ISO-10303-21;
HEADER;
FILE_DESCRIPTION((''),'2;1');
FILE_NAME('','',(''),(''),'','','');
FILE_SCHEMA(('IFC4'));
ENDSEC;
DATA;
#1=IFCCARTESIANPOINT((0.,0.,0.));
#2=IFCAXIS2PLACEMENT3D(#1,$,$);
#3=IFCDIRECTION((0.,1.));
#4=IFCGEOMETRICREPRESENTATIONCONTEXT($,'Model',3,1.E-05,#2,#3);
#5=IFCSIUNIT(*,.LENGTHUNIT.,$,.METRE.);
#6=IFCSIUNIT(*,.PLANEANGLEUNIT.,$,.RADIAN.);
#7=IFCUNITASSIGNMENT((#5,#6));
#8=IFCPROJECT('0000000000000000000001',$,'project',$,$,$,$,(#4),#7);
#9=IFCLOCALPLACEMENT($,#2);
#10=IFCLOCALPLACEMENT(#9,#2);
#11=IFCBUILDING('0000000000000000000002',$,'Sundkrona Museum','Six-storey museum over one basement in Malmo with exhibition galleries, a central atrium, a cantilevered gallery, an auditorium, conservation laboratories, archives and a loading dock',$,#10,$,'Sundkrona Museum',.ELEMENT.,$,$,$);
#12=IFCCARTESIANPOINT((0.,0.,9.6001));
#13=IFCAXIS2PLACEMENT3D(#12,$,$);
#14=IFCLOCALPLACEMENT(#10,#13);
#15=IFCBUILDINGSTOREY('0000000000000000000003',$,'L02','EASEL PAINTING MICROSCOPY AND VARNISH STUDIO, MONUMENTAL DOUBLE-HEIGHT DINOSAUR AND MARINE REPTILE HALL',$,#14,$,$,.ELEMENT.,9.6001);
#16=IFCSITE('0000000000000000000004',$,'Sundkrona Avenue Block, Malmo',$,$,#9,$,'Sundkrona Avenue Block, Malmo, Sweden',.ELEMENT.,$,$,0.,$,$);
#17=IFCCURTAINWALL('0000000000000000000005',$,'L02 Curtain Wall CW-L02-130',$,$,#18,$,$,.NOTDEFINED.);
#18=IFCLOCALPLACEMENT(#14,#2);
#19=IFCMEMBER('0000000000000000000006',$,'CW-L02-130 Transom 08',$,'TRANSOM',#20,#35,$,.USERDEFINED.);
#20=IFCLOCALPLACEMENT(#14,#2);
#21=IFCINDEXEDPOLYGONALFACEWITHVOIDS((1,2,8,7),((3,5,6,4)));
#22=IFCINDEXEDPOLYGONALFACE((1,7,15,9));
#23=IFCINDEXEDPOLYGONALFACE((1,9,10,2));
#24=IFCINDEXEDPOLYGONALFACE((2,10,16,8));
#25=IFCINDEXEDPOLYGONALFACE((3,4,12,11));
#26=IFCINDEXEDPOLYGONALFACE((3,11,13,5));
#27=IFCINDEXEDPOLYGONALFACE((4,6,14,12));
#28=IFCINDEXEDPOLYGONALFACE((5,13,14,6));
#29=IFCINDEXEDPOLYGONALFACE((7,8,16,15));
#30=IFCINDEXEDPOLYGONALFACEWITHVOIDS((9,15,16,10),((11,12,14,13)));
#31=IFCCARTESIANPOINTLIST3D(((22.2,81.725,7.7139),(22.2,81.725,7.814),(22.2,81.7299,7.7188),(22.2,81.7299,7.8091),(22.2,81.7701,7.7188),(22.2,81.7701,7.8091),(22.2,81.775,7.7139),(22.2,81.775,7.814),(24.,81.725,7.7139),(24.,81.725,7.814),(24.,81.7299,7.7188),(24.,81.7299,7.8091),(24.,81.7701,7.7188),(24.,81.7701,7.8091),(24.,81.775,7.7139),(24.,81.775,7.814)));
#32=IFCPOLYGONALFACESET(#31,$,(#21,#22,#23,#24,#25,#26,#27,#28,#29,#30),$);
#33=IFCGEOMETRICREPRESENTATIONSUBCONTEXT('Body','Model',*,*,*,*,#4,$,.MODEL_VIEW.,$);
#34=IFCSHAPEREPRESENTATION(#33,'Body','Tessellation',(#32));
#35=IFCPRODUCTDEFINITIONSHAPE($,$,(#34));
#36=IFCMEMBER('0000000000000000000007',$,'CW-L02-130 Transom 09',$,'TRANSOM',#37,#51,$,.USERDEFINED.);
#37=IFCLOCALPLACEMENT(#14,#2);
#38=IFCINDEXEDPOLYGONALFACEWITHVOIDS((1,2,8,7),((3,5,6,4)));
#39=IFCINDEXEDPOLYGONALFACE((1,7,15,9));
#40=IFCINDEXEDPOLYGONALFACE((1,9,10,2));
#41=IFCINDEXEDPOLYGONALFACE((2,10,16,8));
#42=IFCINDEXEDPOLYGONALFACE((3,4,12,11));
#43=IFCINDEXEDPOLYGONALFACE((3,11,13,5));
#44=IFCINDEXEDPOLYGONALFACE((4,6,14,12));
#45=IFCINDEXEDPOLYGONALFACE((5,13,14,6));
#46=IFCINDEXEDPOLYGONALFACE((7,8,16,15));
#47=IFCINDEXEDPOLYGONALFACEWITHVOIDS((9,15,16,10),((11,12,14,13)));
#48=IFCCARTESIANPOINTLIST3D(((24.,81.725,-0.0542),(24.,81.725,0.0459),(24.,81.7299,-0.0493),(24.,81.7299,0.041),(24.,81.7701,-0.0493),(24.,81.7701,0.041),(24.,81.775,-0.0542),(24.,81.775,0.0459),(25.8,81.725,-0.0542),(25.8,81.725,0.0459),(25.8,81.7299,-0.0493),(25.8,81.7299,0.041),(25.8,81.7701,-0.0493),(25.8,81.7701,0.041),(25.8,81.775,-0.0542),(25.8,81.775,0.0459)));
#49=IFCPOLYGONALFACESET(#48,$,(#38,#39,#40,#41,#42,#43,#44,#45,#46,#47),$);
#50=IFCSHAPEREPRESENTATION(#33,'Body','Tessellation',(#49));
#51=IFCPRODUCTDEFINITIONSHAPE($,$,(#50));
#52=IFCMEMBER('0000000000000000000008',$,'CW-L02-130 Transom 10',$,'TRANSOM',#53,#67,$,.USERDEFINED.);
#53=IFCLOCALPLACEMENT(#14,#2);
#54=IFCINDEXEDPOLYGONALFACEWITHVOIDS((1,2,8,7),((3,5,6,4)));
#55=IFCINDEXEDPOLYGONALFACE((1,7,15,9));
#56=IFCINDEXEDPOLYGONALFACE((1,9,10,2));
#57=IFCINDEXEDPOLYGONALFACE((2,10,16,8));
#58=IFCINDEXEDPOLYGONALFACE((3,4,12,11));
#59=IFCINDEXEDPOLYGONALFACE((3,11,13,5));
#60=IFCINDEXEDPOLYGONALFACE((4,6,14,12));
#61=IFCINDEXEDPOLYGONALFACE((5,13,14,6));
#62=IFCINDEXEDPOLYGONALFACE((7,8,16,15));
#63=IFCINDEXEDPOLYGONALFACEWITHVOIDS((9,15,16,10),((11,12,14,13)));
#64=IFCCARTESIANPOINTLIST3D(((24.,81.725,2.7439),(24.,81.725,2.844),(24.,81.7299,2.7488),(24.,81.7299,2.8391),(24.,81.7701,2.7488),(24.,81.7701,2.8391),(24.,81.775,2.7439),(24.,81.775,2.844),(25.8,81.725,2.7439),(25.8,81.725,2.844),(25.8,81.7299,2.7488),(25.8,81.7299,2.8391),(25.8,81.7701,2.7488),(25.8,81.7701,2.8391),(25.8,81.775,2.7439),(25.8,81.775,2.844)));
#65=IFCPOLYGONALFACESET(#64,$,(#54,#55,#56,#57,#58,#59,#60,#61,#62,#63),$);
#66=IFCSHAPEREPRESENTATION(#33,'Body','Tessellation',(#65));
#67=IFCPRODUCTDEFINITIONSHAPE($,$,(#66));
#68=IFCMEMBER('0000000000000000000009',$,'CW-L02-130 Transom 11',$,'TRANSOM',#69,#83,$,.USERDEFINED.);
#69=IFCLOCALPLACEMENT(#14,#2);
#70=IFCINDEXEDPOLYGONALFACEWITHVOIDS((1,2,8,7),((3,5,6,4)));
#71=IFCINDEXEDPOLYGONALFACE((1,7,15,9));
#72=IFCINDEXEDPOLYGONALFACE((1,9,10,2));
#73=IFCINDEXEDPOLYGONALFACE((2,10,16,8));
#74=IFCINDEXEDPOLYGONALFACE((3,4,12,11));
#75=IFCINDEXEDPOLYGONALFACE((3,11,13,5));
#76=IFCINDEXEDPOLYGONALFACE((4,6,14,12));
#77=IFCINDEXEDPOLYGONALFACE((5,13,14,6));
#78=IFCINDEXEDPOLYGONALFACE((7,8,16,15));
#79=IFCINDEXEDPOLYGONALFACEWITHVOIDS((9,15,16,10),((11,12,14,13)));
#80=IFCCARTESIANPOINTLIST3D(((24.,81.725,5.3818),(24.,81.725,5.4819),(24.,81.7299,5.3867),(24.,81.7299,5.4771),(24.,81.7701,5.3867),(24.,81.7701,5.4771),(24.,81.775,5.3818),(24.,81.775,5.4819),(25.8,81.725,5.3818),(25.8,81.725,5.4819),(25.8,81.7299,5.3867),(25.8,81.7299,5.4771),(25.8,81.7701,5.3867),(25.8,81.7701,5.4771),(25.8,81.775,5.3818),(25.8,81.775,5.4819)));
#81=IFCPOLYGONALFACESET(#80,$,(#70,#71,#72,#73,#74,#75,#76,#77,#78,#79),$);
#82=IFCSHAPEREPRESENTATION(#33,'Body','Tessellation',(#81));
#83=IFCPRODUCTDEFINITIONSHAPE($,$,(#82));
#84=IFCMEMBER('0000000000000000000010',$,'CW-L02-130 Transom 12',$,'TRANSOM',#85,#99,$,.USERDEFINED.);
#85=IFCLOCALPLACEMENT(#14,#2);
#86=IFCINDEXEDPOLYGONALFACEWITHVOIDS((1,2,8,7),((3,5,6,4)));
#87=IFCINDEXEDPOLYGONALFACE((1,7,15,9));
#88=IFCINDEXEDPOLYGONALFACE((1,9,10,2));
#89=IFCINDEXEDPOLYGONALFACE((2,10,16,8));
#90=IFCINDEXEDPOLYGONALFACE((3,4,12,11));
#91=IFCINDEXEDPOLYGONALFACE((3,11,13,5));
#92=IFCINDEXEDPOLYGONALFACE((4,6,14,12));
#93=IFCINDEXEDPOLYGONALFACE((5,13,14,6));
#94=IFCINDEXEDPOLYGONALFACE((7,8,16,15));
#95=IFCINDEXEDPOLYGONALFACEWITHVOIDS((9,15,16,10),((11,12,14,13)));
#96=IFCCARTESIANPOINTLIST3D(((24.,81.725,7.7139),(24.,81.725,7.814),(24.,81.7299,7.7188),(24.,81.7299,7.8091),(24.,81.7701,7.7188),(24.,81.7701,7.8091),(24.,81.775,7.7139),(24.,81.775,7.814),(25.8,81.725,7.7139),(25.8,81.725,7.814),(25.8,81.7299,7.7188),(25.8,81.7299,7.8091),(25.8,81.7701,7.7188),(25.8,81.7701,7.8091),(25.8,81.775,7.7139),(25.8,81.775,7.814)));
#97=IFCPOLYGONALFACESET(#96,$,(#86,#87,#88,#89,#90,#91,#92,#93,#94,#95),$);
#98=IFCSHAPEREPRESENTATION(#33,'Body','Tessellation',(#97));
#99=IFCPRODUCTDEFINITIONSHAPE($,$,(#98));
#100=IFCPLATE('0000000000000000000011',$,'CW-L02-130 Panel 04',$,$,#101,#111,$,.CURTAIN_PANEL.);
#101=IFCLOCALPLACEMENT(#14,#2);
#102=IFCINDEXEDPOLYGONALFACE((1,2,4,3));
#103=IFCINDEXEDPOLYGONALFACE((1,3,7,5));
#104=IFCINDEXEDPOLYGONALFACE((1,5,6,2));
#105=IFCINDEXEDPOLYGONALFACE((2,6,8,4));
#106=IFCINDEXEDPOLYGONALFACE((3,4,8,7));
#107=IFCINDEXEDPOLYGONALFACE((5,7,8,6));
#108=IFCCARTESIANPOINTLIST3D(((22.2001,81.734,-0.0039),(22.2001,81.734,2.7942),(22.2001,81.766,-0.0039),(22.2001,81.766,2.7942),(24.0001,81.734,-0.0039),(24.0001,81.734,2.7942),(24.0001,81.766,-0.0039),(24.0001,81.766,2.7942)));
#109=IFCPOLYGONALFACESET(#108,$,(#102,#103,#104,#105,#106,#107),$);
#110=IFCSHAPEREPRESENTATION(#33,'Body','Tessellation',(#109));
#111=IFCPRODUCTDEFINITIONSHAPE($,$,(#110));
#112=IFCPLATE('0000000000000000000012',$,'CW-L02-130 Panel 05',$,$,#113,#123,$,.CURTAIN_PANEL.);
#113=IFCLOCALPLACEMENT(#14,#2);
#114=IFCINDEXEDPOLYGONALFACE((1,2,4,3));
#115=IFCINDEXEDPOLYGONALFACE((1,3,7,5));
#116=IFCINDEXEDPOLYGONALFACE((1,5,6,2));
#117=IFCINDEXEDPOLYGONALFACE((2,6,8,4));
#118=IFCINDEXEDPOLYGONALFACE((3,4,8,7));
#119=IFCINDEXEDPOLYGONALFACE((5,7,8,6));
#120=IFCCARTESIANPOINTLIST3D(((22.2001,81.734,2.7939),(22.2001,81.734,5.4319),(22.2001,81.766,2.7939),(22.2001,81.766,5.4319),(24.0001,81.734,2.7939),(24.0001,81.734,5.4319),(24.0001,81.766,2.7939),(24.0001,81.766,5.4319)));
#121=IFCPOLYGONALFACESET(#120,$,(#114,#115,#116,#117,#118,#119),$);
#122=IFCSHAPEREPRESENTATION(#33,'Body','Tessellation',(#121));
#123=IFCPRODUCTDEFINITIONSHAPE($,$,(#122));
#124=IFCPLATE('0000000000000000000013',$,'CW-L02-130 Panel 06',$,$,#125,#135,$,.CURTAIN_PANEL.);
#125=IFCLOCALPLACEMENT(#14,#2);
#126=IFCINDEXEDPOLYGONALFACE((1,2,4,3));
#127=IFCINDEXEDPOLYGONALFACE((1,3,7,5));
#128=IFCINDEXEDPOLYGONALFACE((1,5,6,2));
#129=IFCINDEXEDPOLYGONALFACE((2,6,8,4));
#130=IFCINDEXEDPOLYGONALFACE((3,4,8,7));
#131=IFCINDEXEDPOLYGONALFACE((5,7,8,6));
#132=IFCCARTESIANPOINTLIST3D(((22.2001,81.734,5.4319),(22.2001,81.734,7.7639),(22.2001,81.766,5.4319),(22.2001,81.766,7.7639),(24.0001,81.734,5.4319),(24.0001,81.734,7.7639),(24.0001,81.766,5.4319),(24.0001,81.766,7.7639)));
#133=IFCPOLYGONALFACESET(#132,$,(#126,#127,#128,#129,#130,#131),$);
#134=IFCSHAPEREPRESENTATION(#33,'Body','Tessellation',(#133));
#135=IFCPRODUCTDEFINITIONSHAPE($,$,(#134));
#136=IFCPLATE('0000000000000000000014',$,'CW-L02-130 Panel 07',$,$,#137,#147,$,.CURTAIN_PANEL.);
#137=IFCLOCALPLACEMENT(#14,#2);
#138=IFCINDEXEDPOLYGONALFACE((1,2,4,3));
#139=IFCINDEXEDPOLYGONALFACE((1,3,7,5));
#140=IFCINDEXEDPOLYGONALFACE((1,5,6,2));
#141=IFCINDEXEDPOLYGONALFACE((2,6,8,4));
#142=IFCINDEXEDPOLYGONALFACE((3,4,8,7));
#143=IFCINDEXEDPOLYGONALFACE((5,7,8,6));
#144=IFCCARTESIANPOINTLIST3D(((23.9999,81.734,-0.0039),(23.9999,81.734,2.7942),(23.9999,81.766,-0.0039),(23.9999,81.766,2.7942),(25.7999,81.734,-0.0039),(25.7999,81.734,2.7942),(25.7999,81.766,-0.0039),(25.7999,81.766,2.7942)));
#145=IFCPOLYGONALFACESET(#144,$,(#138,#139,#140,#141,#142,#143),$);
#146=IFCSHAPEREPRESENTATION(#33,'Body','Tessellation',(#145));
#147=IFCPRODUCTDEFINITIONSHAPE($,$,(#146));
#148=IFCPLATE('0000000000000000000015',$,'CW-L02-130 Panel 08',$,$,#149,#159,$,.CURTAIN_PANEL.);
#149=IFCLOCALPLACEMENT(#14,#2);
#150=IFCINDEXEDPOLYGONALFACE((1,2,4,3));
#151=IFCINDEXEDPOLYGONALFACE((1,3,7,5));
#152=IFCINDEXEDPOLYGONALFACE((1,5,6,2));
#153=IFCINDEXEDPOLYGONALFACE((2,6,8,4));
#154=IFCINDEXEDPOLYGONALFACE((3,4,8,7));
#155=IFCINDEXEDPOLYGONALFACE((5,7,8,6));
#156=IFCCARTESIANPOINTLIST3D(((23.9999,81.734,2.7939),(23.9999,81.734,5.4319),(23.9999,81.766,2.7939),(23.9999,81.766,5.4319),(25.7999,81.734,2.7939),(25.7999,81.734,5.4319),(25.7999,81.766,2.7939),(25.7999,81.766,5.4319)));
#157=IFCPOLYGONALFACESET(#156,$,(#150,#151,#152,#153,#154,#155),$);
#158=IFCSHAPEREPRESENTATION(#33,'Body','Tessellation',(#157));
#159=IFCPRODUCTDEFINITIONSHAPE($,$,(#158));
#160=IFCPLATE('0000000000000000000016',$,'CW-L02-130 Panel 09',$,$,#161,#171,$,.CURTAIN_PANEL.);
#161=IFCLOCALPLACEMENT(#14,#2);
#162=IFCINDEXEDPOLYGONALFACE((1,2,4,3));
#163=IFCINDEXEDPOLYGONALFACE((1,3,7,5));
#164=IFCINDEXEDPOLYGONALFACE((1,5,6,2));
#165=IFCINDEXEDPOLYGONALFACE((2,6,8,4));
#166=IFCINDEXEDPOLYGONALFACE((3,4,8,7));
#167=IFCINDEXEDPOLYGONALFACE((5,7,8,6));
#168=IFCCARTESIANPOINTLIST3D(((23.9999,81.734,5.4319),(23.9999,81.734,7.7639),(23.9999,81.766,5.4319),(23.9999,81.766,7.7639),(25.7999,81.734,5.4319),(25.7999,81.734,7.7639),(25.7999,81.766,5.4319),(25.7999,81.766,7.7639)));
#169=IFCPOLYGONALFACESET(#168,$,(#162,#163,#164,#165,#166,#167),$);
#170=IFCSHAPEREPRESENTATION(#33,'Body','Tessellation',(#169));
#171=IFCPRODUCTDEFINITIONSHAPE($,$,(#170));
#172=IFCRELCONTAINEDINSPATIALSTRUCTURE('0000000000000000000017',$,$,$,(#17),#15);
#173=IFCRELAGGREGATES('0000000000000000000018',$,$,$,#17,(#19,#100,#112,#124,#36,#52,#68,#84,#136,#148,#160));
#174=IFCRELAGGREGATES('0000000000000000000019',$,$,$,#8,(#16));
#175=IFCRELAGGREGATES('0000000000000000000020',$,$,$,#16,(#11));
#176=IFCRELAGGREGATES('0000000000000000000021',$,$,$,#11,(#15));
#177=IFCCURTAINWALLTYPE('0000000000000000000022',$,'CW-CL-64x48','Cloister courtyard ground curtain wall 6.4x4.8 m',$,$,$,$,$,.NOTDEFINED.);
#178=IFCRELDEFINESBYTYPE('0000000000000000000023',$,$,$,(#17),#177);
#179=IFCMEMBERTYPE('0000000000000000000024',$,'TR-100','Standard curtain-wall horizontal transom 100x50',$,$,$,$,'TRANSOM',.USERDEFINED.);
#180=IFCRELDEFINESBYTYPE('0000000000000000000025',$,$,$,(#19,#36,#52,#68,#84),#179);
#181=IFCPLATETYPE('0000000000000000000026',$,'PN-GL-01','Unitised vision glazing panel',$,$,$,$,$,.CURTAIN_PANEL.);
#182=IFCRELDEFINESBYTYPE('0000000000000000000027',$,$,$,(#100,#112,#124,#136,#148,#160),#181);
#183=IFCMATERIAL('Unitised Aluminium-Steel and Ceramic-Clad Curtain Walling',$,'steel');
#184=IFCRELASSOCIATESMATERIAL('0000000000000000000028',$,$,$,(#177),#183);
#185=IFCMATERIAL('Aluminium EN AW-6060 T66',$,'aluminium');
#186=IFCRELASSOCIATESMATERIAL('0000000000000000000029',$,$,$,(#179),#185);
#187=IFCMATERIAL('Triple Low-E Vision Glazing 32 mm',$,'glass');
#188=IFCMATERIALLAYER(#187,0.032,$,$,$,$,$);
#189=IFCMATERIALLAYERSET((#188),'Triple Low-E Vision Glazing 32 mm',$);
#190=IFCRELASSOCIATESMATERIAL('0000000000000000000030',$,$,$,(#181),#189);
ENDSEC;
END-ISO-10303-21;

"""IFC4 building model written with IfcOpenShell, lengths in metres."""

from ifc_helpers import new_model, si_unit, direction, frame, origin, origin_2d, place, context, subcontext, project, spatial, rectangle, hollow_rectangle, extrude, material, layer, layer_set, material_profile, profile_set, type_object, element, aggregate, save


model = new_model("IFC4")

# Units and contexts
model_context = context("Model", 3, precision=1e-05, world=origin(), true_north=direction((0.0, 1.0)))
body_context = subcontext(model_context, "Body", "Model", "MODEL_VIEW")
ifc_project = project(units=[si_unit("LENGTHUNIT", "METRE"), si_unit("PLANEANGLEUNIT", "RADIAN")], contexts=[model_context])

# Site, building, storey
site_placement = place(None, origin())
site = spatial("IfcSite", under=ifc_project, at=site_placement, Name="Sundkrona Avenue Block, Malmo", LongName="Sundkrona Avenue Block, Malmo, Sweden", CompositionType="ELEMENT", RefElevation=0.0)
building_placement = place(site_placement, origin())
building = spatial("IfcBuilding", under=site, at=building_placement, Name="Sundkrona Museum", Description="Six-storey museum over one basement in Malmo with exhibition galleries, a central atrium, a cantilevered gallery, an auditorium, conservation laboratories, archives and a loading dock", LongName="Sundkrona Museum", CompositionType="ELEMENT")
storey_placement = place(building_placement, frame((0.0, 0.0, 9.6001)))
storey = spatial("IfcBuildingStorey", under=building, at=storey_placement, Name="L02", Description="EASEL PAINTING MICROSCOPY AND VARNISH STUDIO, MONUMENTAL DOUBLE-HEIGHT DINOSAUR AND MARINE REPTILE HALL", CompositionType="ELEMENT", Elevation=9.6001)

# Curtain wall
ifc_material_1 = material(Name="Unitised Aluminium-Steel and Ceramic-Clad Curtain Walling", Category="steel")
curtain_wall_type = type_object("IfcCurtainWallType", Name="CW-CL-64x48", Description="Cloister courtyard ground curtain wall 6.4x4.8 m", PredefinedType="NOTDEFINED", material=ifc_material_1)
curtain_wall_placement = place(storey_placement, origin())
curtain_wall = element("IfcCurtainWall", 1, at=curtain_wall_placement, inside=storey, type_object=curtain_wall_type, Name="L02 Curtain Wall CW-L02-130", PredefinedType="NOTDEFINED")
ifc_material_2 = material(Name="Aluminium EN AW-6060 T66", Category="aluminium")

# Members
ifc_material_profile_1 = material_profile(ifc_material_2, hollow_rectangle(XDim=0.05, YDim=0.1001, WallThickness=0.0049, at=origin_2d()), Name="RHS 100x50x5.0")
ifc_profile_set_1 = profile_set([ifc_material_profile_1], Name="Aluminium EN AW-6060 T66")
member_type_1 = type_object("IfcMemberType", Name="TR-100", Description="Standard curtain-wall horizontal transom 100x50", ElementType="TRANSOM", PredefinedType="USERDEFINED", material=ifc_profile_set_1)
member_1_placement = place(storey_placement, frame((22.2, 81.75, 7.7639), z_axis=(1.0, 0.0, 0.0), x_axis=(0.0, 1.0, 0.0)))
member_1 = element("IfcMember", 2, at=member_1_placement, type_object=member_type_1, Name="CW-L02-130 Transom 08", ObjectType="TRANSOM", PredefinedType="USERDEFINED", context=body_context, shape_type="SweptSolid", body=[
    extrude(hollow_rectangle(XDim=0.05, YDim=0.1001, WallThickness=0.0049, at=origin_2d()), origin(), (0.0, 0.0, 1.0), 1.8),
])
member_2_placement = place(storey_placement, frame((24.0, 81.75, -0.0042), z_axis=(1.0, 0.0, 0.0), x_axis=(0.0, 1.0, 0.0)))
member_2 = element("IfcMember", 3, at=member_2_placement, type_object=member_type_1, Name="CW-L02-130 Transom 09", ObjectType="TRANSOM", PredefinedType="USERDEFINED", context=body_context, shape_type="SweptSolid", body=[
    extrude(hollow_rectangle(XDim=0.05, YDim=0.1001, WallThickness=0.0049, at=origin_2d()), origin(), (0.0, 0.0, 1.0), 1.8),
])
member_3_placement = place(storey_placement, frame((24.0, 81.75, 2.7939), z_axis=(1.0, 0.0, 0.0), x_axis=(0.0, 1.0, 0.0)))
member_3 = element("IfcMember", 4, at=member_3_placement, type_object=member_type_1, Name="CW-L02-130 Transom 10", ObjectType="TRANSOM", PredefinedType="USERDEFINED", context=body_context, shape_type="SweptSolid", body=[
    extrude(hollow_rectangle(XDim=0.05, YDim=0.1001, WallThickness=0.0049, at=origin_2d()), origin(), (0.0, 0.0, 1.0), 1.8),
])
member_4_placement = place(storey_placement, frame((24.0, 81.75, 5.4319), z_axis=(1.0, 0.0, 0.0), x_axis=(0.0, 1.0, 0.0)))
member_4 = element("IfcMember", 5, at=member_4_placement, type_object=member_type_1, Name="CW-L02-130 Transom 11", ObjectType="TRANSOM", PredefinedType="USERDEFINED", context=body_context, shape_type="SweptSolid", body=[
    extrude(hollow_rectangle(XDim=0.05, YDim=0.1001, WallThickness=0.0049, at=origin_2d()), origin(), (0.0, 0.0, 1.0), 1.8),
])
member_5_placement = place(storey_placement, frame((24.0, 81.75, 7.7639), z_axis=(1.0, 0.0, 0.0), x_axis=(0.0, 1.0, 0.0)))
member_5 = element("IfcMember", 6, at=member_5_placement, type_object=member_type_1, Name="CW-L02-130 Transom 12", ObjectType="TRANSOM", PredefinedType="USERDEFINED", context=body_context, shape_type="SweptSolid", body=[
    extrude(hollow_rectangle(XDim=0.05, YDim=0.1001, WallThickness=0.0049, at=origin_2d()), origin(), (0.0, 0.0, 1.0), 1.8),
])

# Plates
ifc_material_3 = material(Name="Triple Low-E Vision Glazing 32 mm", Category="glass")
ifc_layer_1 = layer(ifc_material_3, 0.032)
ifc_layer_set_1 = layer_set([ifc_layer_1], Name="Triple Low-E Vision Glazing 32 mm")
plate_type = type_object("IfcPlateType", Name="PN-GL-01", Description="Unitised vision glazing panel", PredefinedType="CURTAIN_PANEL", material=ifc_layer_set_1)
plate_1_placement = place(storey_placement, frame((23.1001, 81.75, -0.0039), z_axis=(0.0, 0.0, 1.0), x_axis=(1.0, 0.0, 0.0)))
plate_1 = element("IfcPlate", 7, at=plate_1_placement, type_object=plate_type, Name="CW-L02-130 Panel 04", PredefinedType="CURTAIN_PANEL", context=body_context, shape_type="SweptSolid", body=[
    extrude(rectangle(XDim=1.8, YDim=0.032, at=origin_2d()), origin(), (0.0, 0.0, 1.0), 2.7981),
])
plate_2_placement = place(storey_placement, frame((23.1001, 81.75, 2.7939), z_axis=(0.0, 0.0, 1.0), x_axis=(1.0, 0.0, 0.0)))
plate_2 = element("IfcPlate", 8, at=plate_2_placement, type_object=plate_type, Name="CW-L02-130 Panel 05", PredefinedType="CURTAIN_PANEL", context=body_context, shape_type="SweptSolid", body=[
    extrude(rectangle(XDim=1.8, YDim=0.032, at=origin_2d()), origin(), (0.0, 0.0, 1.0), 2.6379),
])
plate_3_placement = place(storey_placement, frame((23.1001, 81.75, 5.4319), z_axis=(0.0, 0.0, 1.0), x_axis=(1.0, 0.0, 0.0)))
plate_3 = element("IfcPlate", 9, at=plate_3_placement, type_object=plate_type, Name="CW-L02-130 Panel 06", PredefinedType="CURTAIN_PANEL", context=body_context, shape_type="SweptSolid", body=[
    extrude(rectangle(XDim=1.8, YDim=0.032, at=origin_2d()), origin(), (0.0, 0.0, 1.0), 2.332),
])
plate_4_placement = place(storey_placement, frame((24.8999, 81.75, -0.0039), z_axis=(0.0, 0.0, 1.0), x_axis=(1.0, 0.0, 0.0)))
plate_4 = element("IfcPlate", 10, at=plate_4_placement, type_object=plate_type, Name="CW-L02-130 Panel 07", PredefinedType="CURTAIN_PANEL", context=body_context, shape_type="SweptSolid", body=[
    extrude(rectangle(XDim=1.8, YDim=0.032, at=origin_2d()), origin(), (0.0, 0.0, 1.0), 2.7981),
])
plate_5_placement = place(storey_placement, frame((24.8999, 81.75, 2.7939), z_axis=(0.0, 0.0, 1.0), x_axis=(1.0, 0.0, 0.0)))
plate_5 = element("IfcPlate", 11, at=plate_5_placement, type_object=plate_type, Name="CW-L02-130 Panel 08", PredefinedType="CURTAIN_PANEL", context=body_context, shape_type="SweptSolid", body=[
    extrude(rectangle(XDim=1.8, YDim=0.032, at=origin_2d()), origin(), (0.0, 0.0, 1.0), 2.6379),
])
plate_6_placement = place(storey_placement, frame((24.8999, 81.75, 5.4319), z_axis=(0.0, 0.0, 1.0), x_axis=(1.0, 0.0, 0.0)))
plate_6 = element("IfcPlate", 12, at=plate_6_placement, type_object=plate_type, Name="CW-L02-130 Panel 09", PredefinedType="CURTAIN_PANEL", context=body_context, shape_type="SweptSolid", body=[
    extrude(rectangle(XDim=1.8, YDim=0.032, at=origin_2d()), origin(), (0.0, 0.0, 1.0), 2.332),
])
aggregate(curtain_wall, [member_1, plate_1, plate_2, plate_3, member_2, member_3, member_4, member_5, plate_4, plate_5, plate_6])

save(model, "model.ifc")
